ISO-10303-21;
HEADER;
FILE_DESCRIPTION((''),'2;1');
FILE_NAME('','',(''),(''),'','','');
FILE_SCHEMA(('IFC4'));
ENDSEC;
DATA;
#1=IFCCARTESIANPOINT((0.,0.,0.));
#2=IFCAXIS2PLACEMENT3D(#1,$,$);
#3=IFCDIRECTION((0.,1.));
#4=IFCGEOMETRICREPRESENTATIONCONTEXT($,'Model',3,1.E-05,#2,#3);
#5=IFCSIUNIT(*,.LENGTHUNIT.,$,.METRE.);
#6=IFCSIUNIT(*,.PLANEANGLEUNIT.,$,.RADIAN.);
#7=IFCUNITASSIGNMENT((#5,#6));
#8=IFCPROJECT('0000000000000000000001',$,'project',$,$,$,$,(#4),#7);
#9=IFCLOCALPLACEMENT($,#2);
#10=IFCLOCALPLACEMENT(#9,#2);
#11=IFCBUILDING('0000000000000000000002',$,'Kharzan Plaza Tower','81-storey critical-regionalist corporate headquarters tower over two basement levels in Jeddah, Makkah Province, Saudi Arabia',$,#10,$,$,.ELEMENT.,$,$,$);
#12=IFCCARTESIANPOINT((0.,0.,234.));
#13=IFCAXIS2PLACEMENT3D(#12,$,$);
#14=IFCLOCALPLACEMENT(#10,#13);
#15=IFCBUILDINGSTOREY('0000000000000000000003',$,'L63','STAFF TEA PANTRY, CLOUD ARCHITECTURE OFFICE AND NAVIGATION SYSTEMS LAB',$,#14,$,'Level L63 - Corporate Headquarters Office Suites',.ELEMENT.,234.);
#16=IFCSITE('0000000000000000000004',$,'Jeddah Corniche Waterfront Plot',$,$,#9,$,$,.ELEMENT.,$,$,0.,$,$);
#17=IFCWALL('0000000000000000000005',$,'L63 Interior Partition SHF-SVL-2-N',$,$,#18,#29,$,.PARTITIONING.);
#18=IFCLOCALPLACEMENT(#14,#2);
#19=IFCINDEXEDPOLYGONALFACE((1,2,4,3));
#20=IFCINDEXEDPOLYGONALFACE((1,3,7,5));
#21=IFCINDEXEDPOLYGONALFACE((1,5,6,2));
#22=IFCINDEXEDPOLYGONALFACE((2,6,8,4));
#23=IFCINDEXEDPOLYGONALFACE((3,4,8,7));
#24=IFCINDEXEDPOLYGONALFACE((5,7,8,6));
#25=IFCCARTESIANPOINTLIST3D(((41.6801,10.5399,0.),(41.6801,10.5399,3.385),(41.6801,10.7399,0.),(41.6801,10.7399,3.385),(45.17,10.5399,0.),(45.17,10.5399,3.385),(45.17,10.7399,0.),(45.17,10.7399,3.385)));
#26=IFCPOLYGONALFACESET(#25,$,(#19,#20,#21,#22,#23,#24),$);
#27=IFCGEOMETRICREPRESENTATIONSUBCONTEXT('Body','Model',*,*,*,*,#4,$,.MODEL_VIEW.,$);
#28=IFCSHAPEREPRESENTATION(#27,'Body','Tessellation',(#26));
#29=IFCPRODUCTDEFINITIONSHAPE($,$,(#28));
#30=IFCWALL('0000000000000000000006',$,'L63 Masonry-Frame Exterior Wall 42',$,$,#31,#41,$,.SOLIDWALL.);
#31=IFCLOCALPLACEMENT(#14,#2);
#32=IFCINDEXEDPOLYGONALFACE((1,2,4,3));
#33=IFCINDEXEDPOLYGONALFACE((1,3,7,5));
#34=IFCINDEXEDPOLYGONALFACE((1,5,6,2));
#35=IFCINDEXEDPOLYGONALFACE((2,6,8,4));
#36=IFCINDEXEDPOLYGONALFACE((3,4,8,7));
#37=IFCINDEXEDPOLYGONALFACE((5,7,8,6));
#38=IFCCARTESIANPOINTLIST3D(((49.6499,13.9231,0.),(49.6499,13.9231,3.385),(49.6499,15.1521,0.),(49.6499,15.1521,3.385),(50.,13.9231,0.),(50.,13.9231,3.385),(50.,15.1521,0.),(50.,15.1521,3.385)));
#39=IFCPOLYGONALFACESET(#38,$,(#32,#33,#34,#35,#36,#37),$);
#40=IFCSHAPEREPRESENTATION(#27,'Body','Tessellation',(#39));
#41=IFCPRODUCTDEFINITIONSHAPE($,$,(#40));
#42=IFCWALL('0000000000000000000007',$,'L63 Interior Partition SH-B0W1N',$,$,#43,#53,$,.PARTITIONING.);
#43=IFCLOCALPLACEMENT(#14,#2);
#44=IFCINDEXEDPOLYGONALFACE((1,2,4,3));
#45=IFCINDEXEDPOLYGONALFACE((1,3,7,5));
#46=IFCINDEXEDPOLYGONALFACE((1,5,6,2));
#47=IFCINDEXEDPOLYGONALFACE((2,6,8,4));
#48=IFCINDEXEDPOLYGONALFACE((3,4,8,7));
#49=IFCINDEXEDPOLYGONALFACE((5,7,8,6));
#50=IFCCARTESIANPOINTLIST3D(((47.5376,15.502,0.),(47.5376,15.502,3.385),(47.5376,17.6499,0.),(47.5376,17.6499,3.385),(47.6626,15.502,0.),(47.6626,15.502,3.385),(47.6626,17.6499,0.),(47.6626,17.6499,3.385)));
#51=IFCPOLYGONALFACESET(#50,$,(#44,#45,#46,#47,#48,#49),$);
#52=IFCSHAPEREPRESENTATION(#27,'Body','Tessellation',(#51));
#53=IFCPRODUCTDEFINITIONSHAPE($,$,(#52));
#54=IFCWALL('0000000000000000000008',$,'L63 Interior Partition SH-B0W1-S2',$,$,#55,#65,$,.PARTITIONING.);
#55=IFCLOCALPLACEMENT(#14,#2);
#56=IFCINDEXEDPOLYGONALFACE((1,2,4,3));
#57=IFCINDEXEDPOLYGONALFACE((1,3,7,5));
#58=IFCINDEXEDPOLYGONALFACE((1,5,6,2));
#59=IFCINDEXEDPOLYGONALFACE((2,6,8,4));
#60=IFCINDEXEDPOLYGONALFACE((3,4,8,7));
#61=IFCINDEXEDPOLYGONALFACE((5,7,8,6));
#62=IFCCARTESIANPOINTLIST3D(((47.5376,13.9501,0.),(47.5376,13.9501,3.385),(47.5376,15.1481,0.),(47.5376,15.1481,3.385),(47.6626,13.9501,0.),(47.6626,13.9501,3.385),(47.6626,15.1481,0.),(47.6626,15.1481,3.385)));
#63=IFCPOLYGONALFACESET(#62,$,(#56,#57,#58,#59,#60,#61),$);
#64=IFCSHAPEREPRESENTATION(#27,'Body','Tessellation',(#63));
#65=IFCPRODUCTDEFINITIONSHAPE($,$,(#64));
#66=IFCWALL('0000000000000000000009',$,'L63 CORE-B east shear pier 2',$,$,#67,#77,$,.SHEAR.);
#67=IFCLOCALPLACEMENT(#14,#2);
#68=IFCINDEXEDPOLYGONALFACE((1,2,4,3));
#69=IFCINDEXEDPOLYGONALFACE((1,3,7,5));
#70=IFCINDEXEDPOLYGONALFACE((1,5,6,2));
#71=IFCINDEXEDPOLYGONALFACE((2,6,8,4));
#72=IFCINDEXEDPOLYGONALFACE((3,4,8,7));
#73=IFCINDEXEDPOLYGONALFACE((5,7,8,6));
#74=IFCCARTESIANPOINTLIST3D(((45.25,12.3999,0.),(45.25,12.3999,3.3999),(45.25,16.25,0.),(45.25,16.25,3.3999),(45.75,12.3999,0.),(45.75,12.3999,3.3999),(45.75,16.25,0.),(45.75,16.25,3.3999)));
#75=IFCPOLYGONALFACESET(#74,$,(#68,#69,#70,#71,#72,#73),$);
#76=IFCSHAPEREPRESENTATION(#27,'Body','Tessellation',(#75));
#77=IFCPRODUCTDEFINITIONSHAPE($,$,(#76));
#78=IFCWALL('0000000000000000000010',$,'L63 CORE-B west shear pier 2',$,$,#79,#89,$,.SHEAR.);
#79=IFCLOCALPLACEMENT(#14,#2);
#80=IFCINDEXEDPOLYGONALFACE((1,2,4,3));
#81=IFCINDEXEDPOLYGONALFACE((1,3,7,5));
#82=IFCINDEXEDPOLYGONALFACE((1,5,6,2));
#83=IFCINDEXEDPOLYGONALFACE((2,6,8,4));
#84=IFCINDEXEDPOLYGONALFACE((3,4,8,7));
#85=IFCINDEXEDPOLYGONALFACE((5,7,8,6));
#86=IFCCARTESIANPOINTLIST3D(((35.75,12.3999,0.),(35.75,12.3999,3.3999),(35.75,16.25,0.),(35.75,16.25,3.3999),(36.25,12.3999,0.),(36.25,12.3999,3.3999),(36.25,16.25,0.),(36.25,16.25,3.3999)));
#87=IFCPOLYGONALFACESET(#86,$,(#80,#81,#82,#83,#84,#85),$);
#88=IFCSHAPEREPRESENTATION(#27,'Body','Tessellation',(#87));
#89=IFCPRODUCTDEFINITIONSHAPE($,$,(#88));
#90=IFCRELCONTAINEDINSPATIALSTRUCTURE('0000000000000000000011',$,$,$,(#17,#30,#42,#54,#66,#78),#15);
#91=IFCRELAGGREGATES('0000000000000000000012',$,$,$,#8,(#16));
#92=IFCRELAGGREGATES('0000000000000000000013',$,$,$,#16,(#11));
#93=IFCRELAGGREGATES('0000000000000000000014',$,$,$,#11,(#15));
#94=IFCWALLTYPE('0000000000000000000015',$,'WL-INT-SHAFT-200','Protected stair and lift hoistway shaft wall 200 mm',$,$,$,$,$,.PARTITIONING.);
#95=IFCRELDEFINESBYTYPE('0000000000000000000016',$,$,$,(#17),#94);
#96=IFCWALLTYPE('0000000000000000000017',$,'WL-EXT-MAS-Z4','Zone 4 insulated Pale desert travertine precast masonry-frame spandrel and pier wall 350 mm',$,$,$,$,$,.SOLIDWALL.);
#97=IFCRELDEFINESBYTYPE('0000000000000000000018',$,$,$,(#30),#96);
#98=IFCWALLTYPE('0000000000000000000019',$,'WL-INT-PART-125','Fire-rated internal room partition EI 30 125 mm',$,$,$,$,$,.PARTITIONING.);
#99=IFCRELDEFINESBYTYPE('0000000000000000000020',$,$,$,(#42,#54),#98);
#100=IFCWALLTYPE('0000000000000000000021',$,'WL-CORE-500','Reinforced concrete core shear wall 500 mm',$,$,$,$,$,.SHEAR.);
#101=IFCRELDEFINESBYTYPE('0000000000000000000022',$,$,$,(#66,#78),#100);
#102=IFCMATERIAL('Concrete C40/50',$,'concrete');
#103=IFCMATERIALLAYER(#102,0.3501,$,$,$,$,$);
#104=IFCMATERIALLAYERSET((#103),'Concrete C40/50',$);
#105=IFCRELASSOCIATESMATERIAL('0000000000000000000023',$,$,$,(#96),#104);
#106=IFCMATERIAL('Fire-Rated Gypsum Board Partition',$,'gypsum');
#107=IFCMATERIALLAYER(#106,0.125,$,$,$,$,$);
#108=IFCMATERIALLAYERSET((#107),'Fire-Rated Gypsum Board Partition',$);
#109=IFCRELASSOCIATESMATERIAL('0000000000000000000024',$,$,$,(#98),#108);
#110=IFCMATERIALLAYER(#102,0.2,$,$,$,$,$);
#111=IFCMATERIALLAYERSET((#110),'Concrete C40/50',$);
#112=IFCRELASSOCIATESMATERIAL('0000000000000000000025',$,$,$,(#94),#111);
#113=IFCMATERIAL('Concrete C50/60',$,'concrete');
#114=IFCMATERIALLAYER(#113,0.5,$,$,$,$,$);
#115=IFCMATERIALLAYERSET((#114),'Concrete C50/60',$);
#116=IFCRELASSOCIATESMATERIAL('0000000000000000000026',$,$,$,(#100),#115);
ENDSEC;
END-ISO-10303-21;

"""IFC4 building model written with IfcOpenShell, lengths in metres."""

from ifc_helpers import new_model, si_unit, direction, frame, frame_2d, origin, place, context, subcontext, project, spatial, rectangle, extrude, source, transform, mapped, material, layer, layer_set, type_object, element, save


model = new_model("IFC4")

# Units and contexts
model_context = context("Model", 3, precision=1e-05, world=origin(), true_north=direction((0.0, 1.0)))
body_context = subcontext(model_context, "Body", "Model", "MODEL_VIEW")
ifc_project = project(units=[si_unit("LENGTHUNIT", "METRE"), si_unit("PLANEANGLEUNIT", "RADIAN")], contexts=[model_context])

# Site, building, storey
site_placement = place(None, origin())
site = spatial("IfcSite", under=ifc_project, at=site_placement, Name="Jeddah Corniche Waterfront Plot", CompositionType="ELEMENT", RefElevation=0.0)
building_placement = place(site_placement, origin())
building = spatial("IfcBuilding", under=site, at=building_placement, Name="Kharzan Plaza Tower", Description="81-storey critical-regionalist corporate headquarters tower over two basement levels in Jeddah, Makkah Province, Saudi Arabia", CompositionType="ELEMENT")
storey_placement = place(building_placement, frame((0.0, 0.0, 234.0)))
storey = spatial("IfcBuildingStorey", under=building, at=storey_placement, Name="L63", Description="STAFF TEA PANTRY, CLOUD ARCHITECTURE OFFICE AND NAVIGATION SYSTEMS LAB", LongName="Level L63 - Corporate Headquarters Office Suites", CompositionType="ELEMENT", Elevation=234.0)

# Shared definitions
ifc_material_1 = material(Name="Concrete C50/60", Category="concrete")

# Shared definitions
ifc_material_2 = material(Name="Concrete C40/50", Category="concrete")
ifc_layer_1 = layer(ifc_material_2, 0.3501)
ifc_layer_set_1 = layer_set([ifc_layer_1], Name="Concrete C40/50")
wall_type_1 = type_object("IfcWallType", Name="WL-EXT-MAS-Z4", Description="Zone 4 insulated Pale desert travertine precast masonry-frame spandrel and pier wall 350 mm", PredefinedType="SOLIDWALL", material=ifc_layer_set_1)

# Shared definitions
ifc_material_3 = material(Name="Fire-Rated Gypsum Board Partition", Category="gypsum")
ifc_layer_2 = layer(ifc_material_3, 0.125)
ifc_layer_set_2 = layer_set([ifc_layer_2], Name="Fire-Rated Gypsum Board Partition")
wall_type_2 = type_object("IfcWallType", Name="WL-INT-PART-125", Description="Fire-rated internal room partition EI 30 125 mm", PredefinedType="PARTITIONING", material=ifc_layer_set_2)

# Walls
ifc_layer_3 = layer(ifc_material_2, 0.2)
ifc_layer_set_3 = layer_set([ifc_layer_3], Name="Concrete C40/50")
wall_type_3 = type_object("IfcWallType", Name="WL-INT-SHAFT-200", Description="Protected stair and lift hoistway shaft wall 200 mm", PredefinedType="PARTITIONING", material=ifc_layer_set_3)
shared_shape_1 = source(origin(), body_context, "Body", "SweptSolid", [
    extrude(rectangle(XDim=3.49, YDim=0.2, at=frame_2d((1.7451, 0.0))), origin(), (0.0, 0.0, 1.0), 3.385),
])
wall_1_placement = place(storey_placement, frame((41.6799, 10.6399, 0.0), z_axis=(0.0, 0.0, 1.0), x_axis=(1.0, 0.0, 0.0)))
element("IfcWall", 1, at=wall_1_placement, inside=storey, type_object=wall_type_3, Name="L63 Interior Partition SHF-SVL-2-N", PredefinedType="PARTITIONING", context=body_context, shape_type="MappedRepresentation", body=[
    mapped(shared_shape_1, transform((0.0, 0.0, 0.0), x_axis=(1.0, 0.0, 0.0), y_axis=(0.0, 1.0, 0.0), z_axis=(0.0, 0.0, 1.0))),
])
shared_shape_2 = source(origin(), body_context, "Body", "SweptSolid", [
    extrude(rectangle(XDim=1.229, YDim=0.3501, at=frame_2d((0.6145, 0.0))), origin(), (0.0, 0.0, 1.0), 3.385),
])
wall_2_placement = place(storey_placement, frame((49.825, 13.9231, 0.0), z_axis=(0.0, 0.0, 1.0), x_axis=(0.0, 1.0, 0.0)))
element("IfcWall", 2, at=wall_2_placement, inside=storey, type_object=wall_type_1, Name="L63 Masonry-Frame Exterior Wall 42", PredefinedType="SOLIDWALL", context=body_context, shape_type="MappedRepresentation", body=[
    mapped(shared_shape_2, transform((0.0, 0.0, 0.0), x_axis=(1.0, 0.0, 0.0), y_axis=(0.0, 1.0, 0.0), z_axis=(0.0, 0.0, 1.0))),
])
shared_shape_3 = source(origin(), body_context, "Body", "SweptSolid", [
    extrude(rectangle(XDim=2.1479, YDim=0.125, at=frame_2d((1.074, 0.0))), origin(), (0.0, 0.0, 1.0), 3.385),
])
wall_3_placement = place(storey_placement, frame((47.6001, 15.502, 0.0), z_axis=(0.0, 0.0, 1.0), x_axis=(0.0, 1.0, 0.0)))
element("IfcWall", 3, at=wall_3_placement, inside=storey, type_object=wall_type_2, Name="L63 Interior Partition SH-B0W1N", PredefinedType="PARTITIONING", context=body_context, shape_type="MappedRepresentation", body=[
    mapped(shared_shape_3, transform((0.0, 0.0, 0.0), x_axis=(1.0, 0.0, 0.0), y_axis=(0.0, 1.0, 0.0), z_axis=(0.0, 0.0, 1.0))),
])
shared_shape_4 = source(origin(), body_context, "Body", "SweptSolid", [
    extrude(rectangle(XDim=1.198, YDim=0.125, at=frame_2d((0.5991, 0.0))), origin(), (0.0, 0.0, 1.0), 3.385),
])
wall_4_placement = place(storey_placement, frame((47.6001, 13.95, 0.0), z_axis=(0.0, 0.0, 1.0), x_axis=(0.0, 1.0, 0.0)))
element("IfcWall", 4, at=wall_4_placement, inside=storey, type_object=wall_type_2, Name="L63 Interior Partition SH-B0W1-S2", PredefinedType="PARTITIONING", context=body_context, shape_type="MappedRepresentation", body=[
    mapped(shared_shape_4, transform((0.0, 0.0, 0.0), x_axis=(1.0, 0.0, 0.0), y_axis=(0.0, 1.0, 0.0), z_axis=(0.0, 0.0, 1.0))),
])
ifc_layer_4 = layer(ifc_material_1, 0.5)
ifc_layer_set_4 = layer_set([ifc_layer_4], Name="Concrete C50/60")
wall_type_4 = type_object("IfcWallType", Name="WL-CORE-500", Description="Reinforced concrete core shear wall 500 mm", PredefinedType="SHEAR", material=ifc_layer_set_4)
shared_shape_5 = source(origin(), body_context, "Body", "SweptSolid", [
    extrude(rectangle(XDim=3.8501, YDim=0.5, at=frame_2d((1.925, 0.0))), origin(), (0.0, 0.0, 1.0), 3.3999),
])
for number, where, z_axis, x_axis, name in (
    (5, (45.5, 12.3999, 0.0), (0.0, 0.0, 1.0), (0.0, 1.0, 0.0), "L63 CORE-B east shear pier 2"),
    (6, (36.0, 12.3999, 0.0), (0.0, 0.0, 1.0), (0.0, 1.0, 0.0), "L63 CORE-B west shear pier 2"),
):
    element("IfcWall", number, at=place(storey_placement, frame(where, z_axis=z_axis, x_axis=x_axis)), inside=storey, type_object=wall_type_4, Name=name, PredefinedType="SHEAR", context=body_context, shape_type="MappedRepresentation", body=[
        mapped(shared_shape_5, transform((0.0, 0.0, 0.0), x_axis=(1.0, 0.0, 0.0), y_axis=(0.0, 1.0, 0.0), z_axis=(0.0, 0.0, 1.0))),
    ])

save(model, "model.ifc")
